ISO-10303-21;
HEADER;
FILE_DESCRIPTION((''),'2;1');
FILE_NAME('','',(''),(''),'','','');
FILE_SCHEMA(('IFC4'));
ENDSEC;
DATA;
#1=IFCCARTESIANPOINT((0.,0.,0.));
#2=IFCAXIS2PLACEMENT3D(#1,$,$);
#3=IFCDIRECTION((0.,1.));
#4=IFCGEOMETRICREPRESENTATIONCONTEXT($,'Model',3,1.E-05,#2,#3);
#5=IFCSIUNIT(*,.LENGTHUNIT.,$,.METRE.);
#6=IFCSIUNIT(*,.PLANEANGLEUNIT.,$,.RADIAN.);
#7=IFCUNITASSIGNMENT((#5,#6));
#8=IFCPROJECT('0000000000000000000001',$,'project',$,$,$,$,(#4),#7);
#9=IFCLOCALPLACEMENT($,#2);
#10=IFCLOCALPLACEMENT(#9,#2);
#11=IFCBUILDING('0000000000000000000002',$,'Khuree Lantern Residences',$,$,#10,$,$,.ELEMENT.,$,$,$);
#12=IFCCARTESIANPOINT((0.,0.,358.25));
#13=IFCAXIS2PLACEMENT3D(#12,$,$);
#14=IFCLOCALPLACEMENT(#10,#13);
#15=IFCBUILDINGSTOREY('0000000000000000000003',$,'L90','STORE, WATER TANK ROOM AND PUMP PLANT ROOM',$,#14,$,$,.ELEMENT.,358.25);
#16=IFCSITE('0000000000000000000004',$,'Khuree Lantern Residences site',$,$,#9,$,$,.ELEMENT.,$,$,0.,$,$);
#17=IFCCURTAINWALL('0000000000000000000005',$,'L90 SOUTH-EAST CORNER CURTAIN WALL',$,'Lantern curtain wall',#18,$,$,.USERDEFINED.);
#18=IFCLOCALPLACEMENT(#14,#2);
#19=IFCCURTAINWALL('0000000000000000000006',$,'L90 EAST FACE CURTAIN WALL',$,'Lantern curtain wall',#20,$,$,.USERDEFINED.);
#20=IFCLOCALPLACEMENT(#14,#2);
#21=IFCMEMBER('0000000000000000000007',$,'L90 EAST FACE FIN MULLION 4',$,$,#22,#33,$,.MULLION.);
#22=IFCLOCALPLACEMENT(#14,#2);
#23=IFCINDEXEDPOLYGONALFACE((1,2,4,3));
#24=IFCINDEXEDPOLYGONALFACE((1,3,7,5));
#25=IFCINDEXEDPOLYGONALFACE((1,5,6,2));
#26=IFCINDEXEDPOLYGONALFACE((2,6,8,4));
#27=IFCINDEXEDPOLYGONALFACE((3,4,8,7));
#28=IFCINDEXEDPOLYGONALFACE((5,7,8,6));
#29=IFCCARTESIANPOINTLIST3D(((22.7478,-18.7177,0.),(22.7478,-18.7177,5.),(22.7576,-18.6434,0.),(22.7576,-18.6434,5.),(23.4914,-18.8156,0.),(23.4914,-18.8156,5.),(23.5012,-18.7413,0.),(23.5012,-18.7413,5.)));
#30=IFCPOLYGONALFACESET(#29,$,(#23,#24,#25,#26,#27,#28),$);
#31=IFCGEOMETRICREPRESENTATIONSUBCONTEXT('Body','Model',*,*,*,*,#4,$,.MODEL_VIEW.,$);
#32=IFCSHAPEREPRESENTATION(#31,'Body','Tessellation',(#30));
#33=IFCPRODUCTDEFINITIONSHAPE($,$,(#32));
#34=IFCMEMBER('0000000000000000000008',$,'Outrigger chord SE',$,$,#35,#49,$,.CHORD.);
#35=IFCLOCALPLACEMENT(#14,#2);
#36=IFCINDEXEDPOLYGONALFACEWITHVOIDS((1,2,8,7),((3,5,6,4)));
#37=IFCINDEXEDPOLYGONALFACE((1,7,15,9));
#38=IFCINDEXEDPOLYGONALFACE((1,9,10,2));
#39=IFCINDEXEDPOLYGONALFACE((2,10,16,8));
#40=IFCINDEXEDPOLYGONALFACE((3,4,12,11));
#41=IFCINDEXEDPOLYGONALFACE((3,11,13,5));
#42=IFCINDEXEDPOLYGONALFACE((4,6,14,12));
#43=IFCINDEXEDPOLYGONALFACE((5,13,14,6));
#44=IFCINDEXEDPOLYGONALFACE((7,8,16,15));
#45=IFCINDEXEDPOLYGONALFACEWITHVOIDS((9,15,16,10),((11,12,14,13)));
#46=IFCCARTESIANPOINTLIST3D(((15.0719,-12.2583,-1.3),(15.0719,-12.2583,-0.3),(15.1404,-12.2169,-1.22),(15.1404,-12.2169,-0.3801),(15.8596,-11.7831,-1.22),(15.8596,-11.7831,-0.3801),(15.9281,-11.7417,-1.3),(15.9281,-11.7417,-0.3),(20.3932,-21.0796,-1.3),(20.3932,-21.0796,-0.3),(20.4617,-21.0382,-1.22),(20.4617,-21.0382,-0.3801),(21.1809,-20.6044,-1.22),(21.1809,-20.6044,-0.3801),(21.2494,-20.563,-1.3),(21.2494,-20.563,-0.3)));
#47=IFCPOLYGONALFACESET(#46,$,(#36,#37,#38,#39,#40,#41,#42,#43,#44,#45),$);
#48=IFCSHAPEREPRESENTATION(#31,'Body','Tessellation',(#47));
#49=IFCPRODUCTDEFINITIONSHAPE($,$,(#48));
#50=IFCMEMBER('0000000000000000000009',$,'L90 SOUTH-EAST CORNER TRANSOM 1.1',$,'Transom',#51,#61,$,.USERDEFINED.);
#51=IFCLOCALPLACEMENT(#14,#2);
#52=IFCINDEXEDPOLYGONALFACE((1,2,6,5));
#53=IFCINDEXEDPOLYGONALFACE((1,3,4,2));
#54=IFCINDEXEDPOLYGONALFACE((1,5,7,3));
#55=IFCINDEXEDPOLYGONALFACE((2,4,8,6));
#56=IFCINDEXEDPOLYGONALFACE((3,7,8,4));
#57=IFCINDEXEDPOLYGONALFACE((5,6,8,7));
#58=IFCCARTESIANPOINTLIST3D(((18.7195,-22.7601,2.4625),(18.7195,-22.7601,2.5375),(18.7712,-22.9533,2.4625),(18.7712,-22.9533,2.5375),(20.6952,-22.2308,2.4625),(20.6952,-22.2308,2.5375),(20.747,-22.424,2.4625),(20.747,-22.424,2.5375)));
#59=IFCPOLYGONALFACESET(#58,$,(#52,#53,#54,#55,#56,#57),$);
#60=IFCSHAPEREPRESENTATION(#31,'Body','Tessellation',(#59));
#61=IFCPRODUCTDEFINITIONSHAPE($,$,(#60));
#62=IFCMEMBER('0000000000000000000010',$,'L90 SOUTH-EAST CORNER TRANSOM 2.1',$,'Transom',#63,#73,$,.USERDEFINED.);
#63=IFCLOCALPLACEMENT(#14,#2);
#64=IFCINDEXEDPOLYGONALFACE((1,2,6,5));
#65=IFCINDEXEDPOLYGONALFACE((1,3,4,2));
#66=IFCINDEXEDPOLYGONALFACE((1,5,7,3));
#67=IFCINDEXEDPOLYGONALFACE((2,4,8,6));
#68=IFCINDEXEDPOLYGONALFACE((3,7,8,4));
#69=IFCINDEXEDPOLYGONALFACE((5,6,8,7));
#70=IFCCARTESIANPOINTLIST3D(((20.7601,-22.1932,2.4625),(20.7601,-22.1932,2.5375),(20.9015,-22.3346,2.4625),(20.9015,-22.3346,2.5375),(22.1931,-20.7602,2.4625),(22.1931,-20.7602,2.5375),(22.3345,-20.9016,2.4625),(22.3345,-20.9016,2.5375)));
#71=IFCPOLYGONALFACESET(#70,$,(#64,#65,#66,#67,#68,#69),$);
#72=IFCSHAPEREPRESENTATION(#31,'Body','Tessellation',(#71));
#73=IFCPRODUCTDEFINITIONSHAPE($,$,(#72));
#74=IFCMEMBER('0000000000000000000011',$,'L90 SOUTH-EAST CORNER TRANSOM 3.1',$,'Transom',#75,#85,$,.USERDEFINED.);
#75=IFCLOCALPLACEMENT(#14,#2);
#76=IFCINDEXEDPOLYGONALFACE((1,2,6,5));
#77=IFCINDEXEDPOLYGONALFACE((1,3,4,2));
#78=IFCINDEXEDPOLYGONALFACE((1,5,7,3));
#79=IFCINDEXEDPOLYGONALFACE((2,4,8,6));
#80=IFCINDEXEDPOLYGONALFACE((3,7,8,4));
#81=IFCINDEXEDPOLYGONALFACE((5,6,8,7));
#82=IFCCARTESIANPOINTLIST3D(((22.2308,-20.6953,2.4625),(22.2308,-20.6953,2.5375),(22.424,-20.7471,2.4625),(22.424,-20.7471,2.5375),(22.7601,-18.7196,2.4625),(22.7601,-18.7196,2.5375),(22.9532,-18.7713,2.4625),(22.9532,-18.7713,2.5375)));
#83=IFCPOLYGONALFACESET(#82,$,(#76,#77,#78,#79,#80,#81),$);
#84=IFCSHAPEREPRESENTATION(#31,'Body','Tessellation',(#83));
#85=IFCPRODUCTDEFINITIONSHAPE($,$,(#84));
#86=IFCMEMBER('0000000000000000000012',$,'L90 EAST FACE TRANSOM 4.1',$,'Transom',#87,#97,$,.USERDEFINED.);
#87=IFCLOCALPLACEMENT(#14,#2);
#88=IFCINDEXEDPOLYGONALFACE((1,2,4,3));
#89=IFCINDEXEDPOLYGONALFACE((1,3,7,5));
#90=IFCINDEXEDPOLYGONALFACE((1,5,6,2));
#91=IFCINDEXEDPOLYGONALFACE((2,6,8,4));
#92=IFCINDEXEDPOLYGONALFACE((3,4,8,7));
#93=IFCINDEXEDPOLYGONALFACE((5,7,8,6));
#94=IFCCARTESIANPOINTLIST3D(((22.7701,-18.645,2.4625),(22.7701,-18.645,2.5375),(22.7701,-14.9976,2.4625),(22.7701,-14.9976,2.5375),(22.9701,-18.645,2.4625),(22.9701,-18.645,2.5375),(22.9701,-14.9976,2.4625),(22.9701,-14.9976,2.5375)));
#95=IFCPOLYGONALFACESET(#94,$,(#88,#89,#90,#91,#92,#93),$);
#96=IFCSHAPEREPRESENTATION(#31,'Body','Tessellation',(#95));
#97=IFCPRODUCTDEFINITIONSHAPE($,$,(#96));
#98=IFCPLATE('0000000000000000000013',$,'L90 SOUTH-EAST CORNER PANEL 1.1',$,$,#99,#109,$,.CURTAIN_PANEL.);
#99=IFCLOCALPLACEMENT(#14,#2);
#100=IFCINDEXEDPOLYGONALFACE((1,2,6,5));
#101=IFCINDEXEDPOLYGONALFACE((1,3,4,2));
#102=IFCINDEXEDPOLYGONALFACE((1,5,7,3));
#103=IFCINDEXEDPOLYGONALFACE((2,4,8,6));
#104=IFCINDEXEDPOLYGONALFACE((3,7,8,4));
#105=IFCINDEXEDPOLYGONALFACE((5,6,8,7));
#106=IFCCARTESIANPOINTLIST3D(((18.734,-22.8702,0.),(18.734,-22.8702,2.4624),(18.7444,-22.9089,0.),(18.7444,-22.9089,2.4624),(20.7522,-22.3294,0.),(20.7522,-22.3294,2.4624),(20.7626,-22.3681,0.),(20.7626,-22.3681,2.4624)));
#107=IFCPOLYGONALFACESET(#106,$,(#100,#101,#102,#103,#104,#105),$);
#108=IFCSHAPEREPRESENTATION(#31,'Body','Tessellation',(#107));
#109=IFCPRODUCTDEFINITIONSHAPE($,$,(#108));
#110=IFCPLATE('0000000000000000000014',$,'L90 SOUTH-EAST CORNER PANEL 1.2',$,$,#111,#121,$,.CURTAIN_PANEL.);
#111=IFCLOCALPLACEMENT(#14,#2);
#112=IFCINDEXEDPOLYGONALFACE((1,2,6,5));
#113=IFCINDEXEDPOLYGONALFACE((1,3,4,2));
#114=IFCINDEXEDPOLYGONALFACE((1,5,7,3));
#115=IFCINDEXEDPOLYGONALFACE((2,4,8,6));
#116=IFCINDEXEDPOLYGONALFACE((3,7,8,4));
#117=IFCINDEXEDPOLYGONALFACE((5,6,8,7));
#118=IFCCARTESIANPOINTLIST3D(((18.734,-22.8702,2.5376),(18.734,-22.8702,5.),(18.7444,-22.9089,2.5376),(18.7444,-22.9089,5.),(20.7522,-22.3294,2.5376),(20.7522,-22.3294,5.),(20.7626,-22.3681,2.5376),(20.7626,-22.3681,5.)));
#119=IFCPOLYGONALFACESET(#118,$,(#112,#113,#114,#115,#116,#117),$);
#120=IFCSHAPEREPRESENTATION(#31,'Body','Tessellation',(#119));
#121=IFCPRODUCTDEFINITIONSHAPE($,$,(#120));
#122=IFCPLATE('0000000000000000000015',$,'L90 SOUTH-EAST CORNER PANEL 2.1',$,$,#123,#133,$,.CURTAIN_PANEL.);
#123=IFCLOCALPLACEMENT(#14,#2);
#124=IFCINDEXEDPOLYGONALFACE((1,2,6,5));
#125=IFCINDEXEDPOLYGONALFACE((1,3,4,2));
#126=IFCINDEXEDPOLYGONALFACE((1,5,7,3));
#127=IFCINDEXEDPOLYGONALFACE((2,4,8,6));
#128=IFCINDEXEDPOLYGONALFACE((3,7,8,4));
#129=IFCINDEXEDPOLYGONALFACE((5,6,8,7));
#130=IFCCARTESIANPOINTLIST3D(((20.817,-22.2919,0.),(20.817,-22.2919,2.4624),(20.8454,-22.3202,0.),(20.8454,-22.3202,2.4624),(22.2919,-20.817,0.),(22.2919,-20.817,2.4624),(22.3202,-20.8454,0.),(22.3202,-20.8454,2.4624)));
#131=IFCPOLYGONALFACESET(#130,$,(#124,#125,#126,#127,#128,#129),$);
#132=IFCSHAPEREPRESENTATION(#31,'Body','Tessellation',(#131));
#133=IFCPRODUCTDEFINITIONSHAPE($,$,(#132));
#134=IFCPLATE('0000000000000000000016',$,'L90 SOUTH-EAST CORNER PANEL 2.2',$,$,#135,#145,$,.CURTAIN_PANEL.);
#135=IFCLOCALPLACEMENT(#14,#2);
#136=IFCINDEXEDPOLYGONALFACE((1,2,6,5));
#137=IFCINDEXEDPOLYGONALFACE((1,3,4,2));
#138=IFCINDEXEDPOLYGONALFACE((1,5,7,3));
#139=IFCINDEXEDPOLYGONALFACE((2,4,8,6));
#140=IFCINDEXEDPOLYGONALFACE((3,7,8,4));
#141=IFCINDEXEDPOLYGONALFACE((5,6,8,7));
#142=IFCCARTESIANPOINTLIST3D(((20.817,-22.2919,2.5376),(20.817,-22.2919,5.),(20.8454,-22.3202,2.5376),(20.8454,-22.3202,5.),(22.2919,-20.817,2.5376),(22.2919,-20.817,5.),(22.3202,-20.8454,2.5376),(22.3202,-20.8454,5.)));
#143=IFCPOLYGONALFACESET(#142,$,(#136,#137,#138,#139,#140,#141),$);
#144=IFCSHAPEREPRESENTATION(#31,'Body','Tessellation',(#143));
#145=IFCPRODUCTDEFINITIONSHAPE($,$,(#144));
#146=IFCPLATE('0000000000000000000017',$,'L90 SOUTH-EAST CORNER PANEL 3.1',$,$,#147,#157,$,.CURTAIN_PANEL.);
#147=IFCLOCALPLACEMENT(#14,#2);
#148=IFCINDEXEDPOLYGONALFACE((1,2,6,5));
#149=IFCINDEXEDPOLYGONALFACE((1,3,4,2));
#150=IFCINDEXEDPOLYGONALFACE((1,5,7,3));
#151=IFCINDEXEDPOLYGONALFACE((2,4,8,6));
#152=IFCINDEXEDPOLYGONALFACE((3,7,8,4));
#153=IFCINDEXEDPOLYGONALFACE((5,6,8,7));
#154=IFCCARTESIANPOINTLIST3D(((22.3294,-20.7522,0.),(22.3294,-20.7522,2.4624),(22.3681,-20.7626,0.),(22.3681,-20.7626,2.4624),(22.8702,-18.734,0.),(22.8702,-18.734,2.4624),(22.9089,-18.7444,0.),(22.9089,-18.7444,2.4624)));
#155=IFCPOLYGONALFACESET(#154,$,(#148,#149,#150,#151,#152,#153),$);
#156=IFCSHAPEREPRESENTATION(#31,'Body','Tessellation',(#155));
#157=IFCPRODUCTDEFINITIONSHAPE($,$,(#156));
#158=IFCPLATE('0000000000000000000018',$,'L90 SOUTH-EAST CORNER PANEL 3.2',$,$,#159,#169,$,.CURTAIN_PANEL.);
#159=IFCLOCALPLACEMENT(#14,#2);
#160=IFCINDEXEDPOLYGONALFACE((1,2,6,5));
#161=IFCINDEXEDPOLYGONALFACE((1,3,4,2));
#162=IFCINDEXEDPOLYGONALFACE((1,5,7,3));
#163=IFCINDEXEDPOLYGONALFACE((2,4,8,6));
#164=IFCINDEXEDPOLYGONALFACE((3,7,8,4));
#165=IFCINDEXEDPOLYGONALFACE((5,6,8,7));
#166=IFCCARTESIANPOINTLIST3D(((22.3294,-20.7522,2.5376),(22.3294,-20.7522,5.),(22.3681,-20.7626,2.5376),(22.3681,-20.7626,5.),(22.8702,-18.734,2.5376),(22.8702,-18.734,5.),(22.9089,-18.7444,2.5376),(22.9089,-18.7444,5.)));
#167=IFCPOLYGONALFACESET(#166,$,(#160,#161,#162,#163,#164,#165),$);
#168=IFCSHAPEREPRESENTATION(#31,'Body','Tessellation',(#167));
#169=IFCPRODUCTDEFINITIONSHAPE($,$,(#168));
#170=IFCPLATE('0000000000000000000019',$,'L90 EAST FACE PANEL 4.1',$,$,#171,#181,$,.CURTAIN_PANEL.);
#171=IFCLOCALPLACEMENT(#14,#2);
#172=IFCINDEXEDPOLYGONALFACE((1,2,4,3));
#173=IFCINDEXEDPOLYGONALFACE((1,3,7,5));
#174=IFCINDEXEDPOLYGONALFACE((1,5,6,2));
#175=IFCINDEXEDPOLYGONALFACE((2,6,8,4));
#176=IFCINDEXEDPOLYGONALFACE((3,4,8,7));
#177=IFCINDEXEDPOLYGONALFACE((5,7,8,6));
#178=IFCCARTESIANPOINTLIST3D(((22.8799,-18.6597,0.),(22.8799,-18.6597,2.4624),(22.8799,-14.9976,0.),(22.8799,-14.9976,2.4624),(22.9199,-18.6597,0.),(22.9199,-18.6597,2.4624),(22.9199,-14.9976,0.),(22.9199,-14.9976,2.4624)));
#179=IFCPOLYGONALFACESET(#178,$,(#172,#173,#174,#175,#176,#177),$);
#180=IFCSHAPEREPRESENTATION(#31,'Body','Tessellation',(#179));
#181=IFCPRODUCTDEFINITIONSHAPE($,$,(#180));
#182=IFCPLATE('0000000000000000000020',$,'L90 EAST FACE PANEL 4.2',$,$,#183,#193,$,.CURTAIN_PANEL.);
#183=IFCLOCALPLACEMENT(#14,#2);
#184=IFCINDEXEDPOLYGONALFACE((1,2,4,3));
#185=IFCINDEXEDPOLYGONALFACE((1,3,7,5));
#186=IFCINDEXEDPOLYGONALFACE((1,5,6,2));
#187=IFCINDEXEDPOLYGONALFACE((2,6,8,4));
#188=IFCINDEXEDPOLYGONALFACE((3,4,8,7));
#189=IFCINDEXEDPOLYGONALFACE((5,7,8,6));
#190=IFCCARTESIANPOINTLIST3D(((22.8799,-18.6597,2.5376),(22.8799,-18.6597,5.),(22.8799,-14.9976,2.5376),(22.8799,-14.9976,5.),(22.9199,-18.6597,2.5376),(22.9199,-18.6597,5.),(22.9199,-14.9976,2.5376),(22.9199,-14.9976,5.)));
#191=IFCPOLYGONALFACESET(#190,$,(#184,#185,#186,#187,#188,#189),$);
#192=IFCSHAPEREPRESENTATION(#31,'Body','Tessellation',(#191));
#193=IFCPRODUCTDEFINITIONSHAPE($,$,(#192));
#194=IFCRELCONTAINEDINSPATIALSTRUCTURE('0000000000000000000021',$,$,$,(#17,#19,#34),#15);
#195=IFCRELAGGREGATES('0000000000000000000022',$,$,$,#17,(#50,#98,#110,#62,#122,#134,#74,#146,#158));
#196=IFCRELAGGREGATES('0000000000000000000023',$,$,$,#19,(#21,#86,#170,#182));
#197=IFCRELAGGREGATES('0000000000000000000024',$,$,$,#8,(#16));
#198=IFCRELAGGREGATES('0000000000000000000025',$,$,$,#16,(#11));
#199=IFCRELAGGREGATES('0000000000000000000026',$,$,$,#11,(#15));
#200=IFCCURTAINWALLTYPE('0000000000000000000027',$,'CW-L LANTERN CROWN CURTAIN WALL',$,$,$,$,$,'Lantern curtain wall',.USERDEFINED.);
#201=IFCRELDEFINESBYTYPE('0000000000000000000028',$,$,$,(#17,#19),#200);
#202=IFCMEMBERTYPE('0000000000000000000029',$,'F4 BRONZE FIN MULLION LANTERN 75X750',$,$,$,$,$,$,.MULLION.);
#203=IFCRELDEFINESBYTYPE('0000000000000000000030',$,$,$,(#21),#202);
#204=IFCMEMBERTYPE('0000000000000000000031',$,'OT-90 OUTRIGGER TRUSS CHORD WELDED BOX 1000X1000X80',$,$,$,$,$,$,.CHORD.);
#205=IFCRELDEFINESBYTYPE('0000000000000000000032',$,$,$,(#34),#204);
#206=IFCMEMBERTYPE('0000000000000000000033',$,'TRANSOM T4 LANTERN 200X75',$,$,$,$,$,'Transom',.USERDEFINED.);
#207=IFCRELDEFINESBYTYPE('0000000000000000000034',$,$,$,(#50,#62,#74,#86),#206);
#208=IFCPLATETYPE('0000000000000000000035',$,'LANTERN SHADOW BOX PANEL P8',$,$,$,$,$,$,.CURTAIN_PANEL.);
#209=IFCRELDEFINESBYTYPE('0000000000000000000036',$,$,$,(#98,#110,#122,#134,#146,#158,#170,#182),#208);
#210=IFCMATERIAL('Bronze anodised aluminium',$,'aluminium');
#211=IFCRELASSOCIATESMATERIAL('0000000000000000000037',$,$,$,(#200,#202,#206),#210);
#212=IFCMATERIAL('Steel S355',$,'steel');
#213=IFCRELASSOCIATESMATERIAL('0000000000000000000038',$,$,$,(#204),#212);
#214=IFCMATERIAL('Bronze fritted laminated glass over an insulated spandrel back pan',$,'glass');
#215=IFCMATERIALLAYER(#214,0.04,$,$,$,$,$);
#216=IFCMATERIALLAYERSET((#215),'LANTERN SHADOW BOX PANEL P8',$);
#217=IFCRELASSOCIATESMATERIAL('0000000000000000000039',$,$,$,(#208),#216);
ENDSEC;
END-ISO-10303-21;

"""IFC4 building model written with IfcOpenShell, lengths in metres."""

from ifc_helpers import new_model, si_unit, direction, frame, origin, origin_2d, place, context, subcontext, project, spatial, rectangle, hollow_rectangle, extrude, material, layer, layer_set, material_profile, profile_set, type_object, element, aggregate, save


model = new_model("IFC4")

# Units and contexts
model_context = context("Model", 3, precision=1e-05, world=origin(), true_north=direction((0.0, 1.0)))
body_context = subcontext(model_context, "Body", "Model", "MODEL_VIEW")
ifc_project = project(units=[si_unit("LENGTHUNIT", "METRE"), si_unit("PLANEANGLEUNIT", "RADIAN")], contexts=[model_context])

# Site, building, storey
site_placement = place(None, origin())
site = spatial("IfcSite", under=ifc_project, at=site_placement, Name="Khuree Lantern Residences site", CompositionType="ELEMENT", RefElevation=0.0)
building_placement = place(site_placement, origin())
building = spatial("IfcBuilding", under=site, at=building_placement, Name="Khuree Lantern Residences", CompositionType="ELEMENT")
storey_placement = place(building_placement, frame((0.0, 0.0, 358.25)))
storey = spatial("IfcBuildingStorey", under=building, at=storey_placement, Name="L90", Description="STORE, WATER TANK ROOM AND PUMP PLANT ROOM", CompositionType="ELEMENT", Elevation=358.25)

# Shared definitions
ifc_material_1 = material(Name="Steel S355", Category="steel")

# Curtain wall
ifc_material_2 = material(Name="Bronze anodised aluminium", Category="aluminium")
curtain_wall_type = type_object("IfcCurtainWallType", Name="CW-L LANTERN CROWN CURTAIN WALL", ElementType="Lantern curtain wall", PredefinedType="USERDEFINED", material=ifc_material_2)
curtain_wall_1_placement = place(storey_placement, origin())
curtain_wall_1 = element("IfcCurtainWall", 1, at=curtain_wall_1_placement, inside=storey, type_object=curtain_wall_type, Name="L90 SOUTH-EAST CORNER CURTAIN WALL", ObjectType="Lantern curtain wall", PredefinedType="USERDEFINED")
ifc_material_profile_1 = material_profile(ifc_material_2, rectangle(XDim=0.075, YDim=0.75, at=origin_2d()), Name="F4 75X750")
ifc_profile_set_1 = profile_set([ifc_material_profile_1], Name="Bronze anodised aluminium")
member_type_1 = type_object("IfcMemberType", Name="F4 BRONZE FIN MULLION LANTERN 75X750", PredefinedType="MULLION", material=ifc_profile_set_1)

# Curtain wall, member
curtain_wall_2_placement = place(storey_placement, origin())
curtain_wall_2 = element("IfcCurtainWall", 2, at=curtain_wall_2_placement, inside=storey, type_object=curtain_wall_type, Name="L90 EAST FACE CURTAIN WALL", ObjectType="Lantern curtain wall", PredefinedType="USERDEFINED")
member_1_placement = place(storey_placement, frame((23.1245, -18.7295, 0.0), z_axis=(0.0, 0.0, 1.0), x_axis=(0.130526, 0.991445, 0.0)))
member_1 = element("IfcMember", 3, at=member_1_placement, type_object=member_type_1, Name="L90 EAST FACE FIN MULLION 4", PredefinedType="MULLION", context=body_context, shape_type="SweptSolid", body=[
    extrude(rectangle(XDim=0.075, YDim=0.75, at=origin_2d()), origin(), (0.0, 0.0, 1.0), 5.0),
])

# Members
ifc_material_profile_2 = material_profile(ifc_material_1, hollow_rectangle(XDim=1.0, YDim=1.0, WallThickness=0.0801, at=origin_2d()), Name="WELDED BOX 1000X1000X80")
ifc_profile_set_2 = profile_set([ifc_material_profile_2], Name="Steel S355")
member_type_2 = type_object("IfcMemberType", Name="OT-90 OUTRIGGER TRUSS CHORD WELDED BOX 1000X1000X80", PredefinedType="CHORD", material=ifc_profile_set_2)
member_2_placement = place(storey_placement, frame((20.8213, -20.8213, -0.8), z_axis=(-0.51653, 0.856269, 0.0), x_axis=(-0.856269, -0.51653, 0.0)))
element("IfcMember", 4, at=member_2_placement, inside=storey, type_object=member_type_2, Name="Outrigger chord SE", PredefinedType="CHORD", context=body_context, shape_type="SweptSolid", body=[
    extrude(hollow_rectangle(XDim=1.0, YDim=1.0, WallThickness=0.0801, at=origin_2d()), origin(), (0.0, 0.0, 1.0), 10.302),
])
ifc_material_profile_3 = material_profile(ifc_material_2, rectangle(XDim=0.2, YDim=0.075, at=origin_2d()), Name="T4 200X75")
ifc_profile_set_3 = profile_set([ifc_material_profile_3], Name="Bronze anodised aluminium")
member_type_3 = type_object("IfcMemberType", Name="TRANSOM T4 LANTERN 200X75", ElementType="Transom", PredefinedType="USERDEFINED", material=ifc_profile_set_3)
member_3_placement = place(storey_placement, frame((18.7454, -22.8567, 2.5), z_axis=(0.965941, 0.258762, 0.0), x_axis=(-0.258762, 0.965941, 0.0)))
member_3 = element("IfcMember", 5, at=member_3_placement, type_object=member_type_3, Name="L90 SOUTH-EAST CORNER TRANSOM 1.1", ObjectType="Transom", PredefinedType="USERDEFINED", context=body_context, shape_type="SweptSolid", body=[
    extrude(rectangle(XDim=0.2, YDim=0.075, at=origin_2d()), origin(), (0.0, 0.0, 1.0), 2.0454),
])
member_4_placement = place(storey_placement, frame((20.8308, -22.2639, 2.5), z_axis=(0.707107, 0.707107, 0.0), x_axis=(-0.707107, 0.707107, 0.0)))
member_4 = element("IfcMember", 6, at=member_4_placement, type_object=member_type_3, Name="L90 SOUTH-EAST CORNER TRANSOM 2.1", ObjectType="Transom", PredefinedType="USERDEFINED", context=body_context, shape_type="SweptSolid", body=[
    extrude(rectangle(XDim=0.2, YDim=0.075, at=origin_2d()), origin(), (0.0, 0.0, 1.0), 2.0266),
])
member_5_placement = place(storey_placement, frame((22.3274, -20.7212, 2.5), z_axis=(0.258762, 0.965941, 0.0), x_axis=(-0.965941, 0.258762, 0.0)))
member_5 = element("IfcMember", 7, at=member_5_placement, type_object=member_type_3, Name="L90 SOUTH-EAST CORNER TRANSOM 3.1", ObjectType="Transom", PredefinedType="USERDEFINED", context=body_context, shape_type="SweptSolid", body=[
    extrude(rectangle(XDim=0.2, YDim=0.075, at=origin_2d()), origin(), (0.0, 0.0, 1.0), 2.0454),
])
member_6_placement = place(storey_placement, frame((22.8701, -18.645, 2.5), z_axis=(0.0, 1.0, 0.0), x_axis=(-1.0, 0.0, 0.0)))
member_6 = element("IfcMember", 8, at=member_6_placement, type_object=member_type_3, Name="L90 EAST FACE TRANSOM 4.1", ObjectType="Transom", PredefinedType="USERDEFINED", context=body_context, shape_type="SweptSolid", body=[
    extrude(rectangle(XDim=0.2, YDim=0.075, at=origin_2d()), origin(), (0.0, 0.0, 1.0), 3.6475),
])

# Plates
ifc_material_3 = material(Name="Bronze fritted laminated glass over an insulated spandrel back pan", Category="glass")
ifc_layer = layer(ifc_material_3, 0.04)
ifc_layer_set = layer_set([ifc_layer], Name="LANTERN SHADOW BOX PANEL P8")
plate_type = type_object("IfcPlateType", Name="LANTERN SHADOW BOX PANEL P8", PredefinedType="CURTAIN_PANEL", material=ifc_layer_set)
plate_1_placement = place(storey_placement, frame((19.7483, -22.6191, 0.0), z_axis=(0.0, 0.0, 1.0), x_axis=(0.965926, 0.258819, 0.0)))
plate_1 = element("IfcPlate", 9, at=plate_1_placement, type_object=plate_type, Name="L90 SOUTH-EAST CORNER PANEL 1.1", PredefinedType="CURTAIN_PANEL", context=body_context, shape_type="SweptSolid", body=[
    extrude(rectangle(XDim=2.0894, YDim=0.04, at=origin_2d()), origin(), (0.0, 0.0, 1.0), 2.4624),
])
plate_2_placement = place(storey_placement, frame((19.7483, -22.6191, 2.5376), z_axis=(0.0, 0.0, 1.0), x_axis=(0.965926, 0.258819, 0.0)))
plate_2 = element("IfcPlate", 10, at=plate_2_placement, type_object=plate_type, Name="L90 SOUTH-EAST CORNER PANEL 1.2", PredefinedType="CURTAIN_PANEL", context=body_context, shape_type="SweptSolid", body=[
    extrude(rectangle(XDim=2.0894, YDim=0.04, at=origin_2d()), origin(), (0.0, 0.0, 1.0), 2.4624),
])
plate_3_placement = place(storey_placement, frame((21.5686, -21.5686, 0.0), z_axis=(0.0, 0.0, 1.0), x_axis=(0.707107, 0.707107, 0.0)))
plate_3 = element("IfcPlate", 11, at=plate_3_placement, type_object=plate_type, Name="L90 SOUTH-EAST CORNER PANEL 2.1", PredefinedType="CURTAIN_PANEL", context=body_context, shape_type="SweptSolid", body=[
    extrude(rectangle(XDim=2.0857, YDim=0.04, at=origin_2d()), origin(), (0.0, 0.0, 1.0), 2.4624),
])
plate_4_placement = place(storey_placement, frame((21.5686, -21.5686, 2.5376), z_axis=(0.0, 0.0, 1.0), x_axis=(0.707107, 0.707107, 0.0)))
plate_4 = element("IfcPlate", 12, at=plate_4_placement, type_object=plate_type, Name="L90 SOUTH-EAST CORNER PANEL 2.2", PredefinedType="CURTAIN_PANEL", context=body_context, shape_type="SweptSolid", body=[
    extrude(rectangle(XDim=2.0857, YDim=0.04, at=origin_2d()), origin(), (0.0, 0.0, 1.0), 2.4624),
])
plate_5_placement = place(storey_placement, frame((22.6191, -19.7483, 0.0), z_axis=(0.0, 0.0, 1.0), x_axis=(0.258819, 0.965926, 0.0)))
plate_5 = element("IfcPlate", 13, at=plate_5_placement, type_object=plate_type, Name="L90 SOUTH-EAST CORNER PANEL 3.1", PredefinedType="CURTAIN_PANEL", context=body_context, shape_type="SweptSolid", body=[
    extrude(rectangle(XDim=2.0894, YDim=0.04, at=origin_2d()), origin(), (0.0, 0.0, 1.0), 2.4624),
])
plate_6_placement = place(storey_placement, frame((22.6191, -19.7483, 2.5376), z_axis=(0.0, 0.0, 1.0), x_axis=(0.258819, 0.965926, 0.0)))
plate_6 = element("IfcPlate", 14, at=plate_6_placement, type_object=plate_type, Name="L90 SOUTH-EAST CORNER PANEL 3.2", PredefinedType="CURTAIN_PANEL", context=body_context, shape_type="SweptSolid", body=[
    extrude(rectangle(XDim=2.0894, YDim=0.04, at=origin_2d()), origin(), (0.0, 0.0, 1.0), 2.4624),
])
aggregate(curtain_wall_1, [member_3, plate_1, plate_2, member_4, plate_3, plate_4, member_5, plate_5, plate_6])
plate_7_placement = place(storey_placement, frame((22.8999, -16.8286, 0.0), z_axis=(0.0, 0.0, 1.0), x_axis=(0.0, 1.0, 0.0)))
plate_7 = element("IfcPlate", 15, at=plate_7_placement, type_object=plate_type, Name="L90 EAST FACE PANEL 4.1", PredefinedType="CURTAIN_PANEL", context=body_context, shape_type="SweptSolid", body=[
    extrude(rectangle(XDim=3.6621, YDim=0.04, at=origin_2d()), origin(), (0.0, 0.0, 1.0), 2.4624),
])
plate_8_placement = place(storey_placement, frame((22.8999, -16.8286, 2.5376), z_axis=(0.0, 0.0, 1.0), x_axis=(0.0, 1.0, 0.0)))
plate_8 = element("IfcPlate", 16, at=plate_8_placement, type_object=plate_type, Name="L90 EAST FACE PANEL 4.2", PredefinedType="CURTAIN_PANEL", context=body_context, shape_type="SweptSolid", body=[
    extrude(rectangle(XDim=3.6621, YDim=0.04, at=origin_2d()), origin(), (0.0, 0.0, 1.0), 2.4624),
])
aggregate(curtain_wall_2, [member_1, member_6, plate_7, plate_8])

save(model, "model.ifc")
